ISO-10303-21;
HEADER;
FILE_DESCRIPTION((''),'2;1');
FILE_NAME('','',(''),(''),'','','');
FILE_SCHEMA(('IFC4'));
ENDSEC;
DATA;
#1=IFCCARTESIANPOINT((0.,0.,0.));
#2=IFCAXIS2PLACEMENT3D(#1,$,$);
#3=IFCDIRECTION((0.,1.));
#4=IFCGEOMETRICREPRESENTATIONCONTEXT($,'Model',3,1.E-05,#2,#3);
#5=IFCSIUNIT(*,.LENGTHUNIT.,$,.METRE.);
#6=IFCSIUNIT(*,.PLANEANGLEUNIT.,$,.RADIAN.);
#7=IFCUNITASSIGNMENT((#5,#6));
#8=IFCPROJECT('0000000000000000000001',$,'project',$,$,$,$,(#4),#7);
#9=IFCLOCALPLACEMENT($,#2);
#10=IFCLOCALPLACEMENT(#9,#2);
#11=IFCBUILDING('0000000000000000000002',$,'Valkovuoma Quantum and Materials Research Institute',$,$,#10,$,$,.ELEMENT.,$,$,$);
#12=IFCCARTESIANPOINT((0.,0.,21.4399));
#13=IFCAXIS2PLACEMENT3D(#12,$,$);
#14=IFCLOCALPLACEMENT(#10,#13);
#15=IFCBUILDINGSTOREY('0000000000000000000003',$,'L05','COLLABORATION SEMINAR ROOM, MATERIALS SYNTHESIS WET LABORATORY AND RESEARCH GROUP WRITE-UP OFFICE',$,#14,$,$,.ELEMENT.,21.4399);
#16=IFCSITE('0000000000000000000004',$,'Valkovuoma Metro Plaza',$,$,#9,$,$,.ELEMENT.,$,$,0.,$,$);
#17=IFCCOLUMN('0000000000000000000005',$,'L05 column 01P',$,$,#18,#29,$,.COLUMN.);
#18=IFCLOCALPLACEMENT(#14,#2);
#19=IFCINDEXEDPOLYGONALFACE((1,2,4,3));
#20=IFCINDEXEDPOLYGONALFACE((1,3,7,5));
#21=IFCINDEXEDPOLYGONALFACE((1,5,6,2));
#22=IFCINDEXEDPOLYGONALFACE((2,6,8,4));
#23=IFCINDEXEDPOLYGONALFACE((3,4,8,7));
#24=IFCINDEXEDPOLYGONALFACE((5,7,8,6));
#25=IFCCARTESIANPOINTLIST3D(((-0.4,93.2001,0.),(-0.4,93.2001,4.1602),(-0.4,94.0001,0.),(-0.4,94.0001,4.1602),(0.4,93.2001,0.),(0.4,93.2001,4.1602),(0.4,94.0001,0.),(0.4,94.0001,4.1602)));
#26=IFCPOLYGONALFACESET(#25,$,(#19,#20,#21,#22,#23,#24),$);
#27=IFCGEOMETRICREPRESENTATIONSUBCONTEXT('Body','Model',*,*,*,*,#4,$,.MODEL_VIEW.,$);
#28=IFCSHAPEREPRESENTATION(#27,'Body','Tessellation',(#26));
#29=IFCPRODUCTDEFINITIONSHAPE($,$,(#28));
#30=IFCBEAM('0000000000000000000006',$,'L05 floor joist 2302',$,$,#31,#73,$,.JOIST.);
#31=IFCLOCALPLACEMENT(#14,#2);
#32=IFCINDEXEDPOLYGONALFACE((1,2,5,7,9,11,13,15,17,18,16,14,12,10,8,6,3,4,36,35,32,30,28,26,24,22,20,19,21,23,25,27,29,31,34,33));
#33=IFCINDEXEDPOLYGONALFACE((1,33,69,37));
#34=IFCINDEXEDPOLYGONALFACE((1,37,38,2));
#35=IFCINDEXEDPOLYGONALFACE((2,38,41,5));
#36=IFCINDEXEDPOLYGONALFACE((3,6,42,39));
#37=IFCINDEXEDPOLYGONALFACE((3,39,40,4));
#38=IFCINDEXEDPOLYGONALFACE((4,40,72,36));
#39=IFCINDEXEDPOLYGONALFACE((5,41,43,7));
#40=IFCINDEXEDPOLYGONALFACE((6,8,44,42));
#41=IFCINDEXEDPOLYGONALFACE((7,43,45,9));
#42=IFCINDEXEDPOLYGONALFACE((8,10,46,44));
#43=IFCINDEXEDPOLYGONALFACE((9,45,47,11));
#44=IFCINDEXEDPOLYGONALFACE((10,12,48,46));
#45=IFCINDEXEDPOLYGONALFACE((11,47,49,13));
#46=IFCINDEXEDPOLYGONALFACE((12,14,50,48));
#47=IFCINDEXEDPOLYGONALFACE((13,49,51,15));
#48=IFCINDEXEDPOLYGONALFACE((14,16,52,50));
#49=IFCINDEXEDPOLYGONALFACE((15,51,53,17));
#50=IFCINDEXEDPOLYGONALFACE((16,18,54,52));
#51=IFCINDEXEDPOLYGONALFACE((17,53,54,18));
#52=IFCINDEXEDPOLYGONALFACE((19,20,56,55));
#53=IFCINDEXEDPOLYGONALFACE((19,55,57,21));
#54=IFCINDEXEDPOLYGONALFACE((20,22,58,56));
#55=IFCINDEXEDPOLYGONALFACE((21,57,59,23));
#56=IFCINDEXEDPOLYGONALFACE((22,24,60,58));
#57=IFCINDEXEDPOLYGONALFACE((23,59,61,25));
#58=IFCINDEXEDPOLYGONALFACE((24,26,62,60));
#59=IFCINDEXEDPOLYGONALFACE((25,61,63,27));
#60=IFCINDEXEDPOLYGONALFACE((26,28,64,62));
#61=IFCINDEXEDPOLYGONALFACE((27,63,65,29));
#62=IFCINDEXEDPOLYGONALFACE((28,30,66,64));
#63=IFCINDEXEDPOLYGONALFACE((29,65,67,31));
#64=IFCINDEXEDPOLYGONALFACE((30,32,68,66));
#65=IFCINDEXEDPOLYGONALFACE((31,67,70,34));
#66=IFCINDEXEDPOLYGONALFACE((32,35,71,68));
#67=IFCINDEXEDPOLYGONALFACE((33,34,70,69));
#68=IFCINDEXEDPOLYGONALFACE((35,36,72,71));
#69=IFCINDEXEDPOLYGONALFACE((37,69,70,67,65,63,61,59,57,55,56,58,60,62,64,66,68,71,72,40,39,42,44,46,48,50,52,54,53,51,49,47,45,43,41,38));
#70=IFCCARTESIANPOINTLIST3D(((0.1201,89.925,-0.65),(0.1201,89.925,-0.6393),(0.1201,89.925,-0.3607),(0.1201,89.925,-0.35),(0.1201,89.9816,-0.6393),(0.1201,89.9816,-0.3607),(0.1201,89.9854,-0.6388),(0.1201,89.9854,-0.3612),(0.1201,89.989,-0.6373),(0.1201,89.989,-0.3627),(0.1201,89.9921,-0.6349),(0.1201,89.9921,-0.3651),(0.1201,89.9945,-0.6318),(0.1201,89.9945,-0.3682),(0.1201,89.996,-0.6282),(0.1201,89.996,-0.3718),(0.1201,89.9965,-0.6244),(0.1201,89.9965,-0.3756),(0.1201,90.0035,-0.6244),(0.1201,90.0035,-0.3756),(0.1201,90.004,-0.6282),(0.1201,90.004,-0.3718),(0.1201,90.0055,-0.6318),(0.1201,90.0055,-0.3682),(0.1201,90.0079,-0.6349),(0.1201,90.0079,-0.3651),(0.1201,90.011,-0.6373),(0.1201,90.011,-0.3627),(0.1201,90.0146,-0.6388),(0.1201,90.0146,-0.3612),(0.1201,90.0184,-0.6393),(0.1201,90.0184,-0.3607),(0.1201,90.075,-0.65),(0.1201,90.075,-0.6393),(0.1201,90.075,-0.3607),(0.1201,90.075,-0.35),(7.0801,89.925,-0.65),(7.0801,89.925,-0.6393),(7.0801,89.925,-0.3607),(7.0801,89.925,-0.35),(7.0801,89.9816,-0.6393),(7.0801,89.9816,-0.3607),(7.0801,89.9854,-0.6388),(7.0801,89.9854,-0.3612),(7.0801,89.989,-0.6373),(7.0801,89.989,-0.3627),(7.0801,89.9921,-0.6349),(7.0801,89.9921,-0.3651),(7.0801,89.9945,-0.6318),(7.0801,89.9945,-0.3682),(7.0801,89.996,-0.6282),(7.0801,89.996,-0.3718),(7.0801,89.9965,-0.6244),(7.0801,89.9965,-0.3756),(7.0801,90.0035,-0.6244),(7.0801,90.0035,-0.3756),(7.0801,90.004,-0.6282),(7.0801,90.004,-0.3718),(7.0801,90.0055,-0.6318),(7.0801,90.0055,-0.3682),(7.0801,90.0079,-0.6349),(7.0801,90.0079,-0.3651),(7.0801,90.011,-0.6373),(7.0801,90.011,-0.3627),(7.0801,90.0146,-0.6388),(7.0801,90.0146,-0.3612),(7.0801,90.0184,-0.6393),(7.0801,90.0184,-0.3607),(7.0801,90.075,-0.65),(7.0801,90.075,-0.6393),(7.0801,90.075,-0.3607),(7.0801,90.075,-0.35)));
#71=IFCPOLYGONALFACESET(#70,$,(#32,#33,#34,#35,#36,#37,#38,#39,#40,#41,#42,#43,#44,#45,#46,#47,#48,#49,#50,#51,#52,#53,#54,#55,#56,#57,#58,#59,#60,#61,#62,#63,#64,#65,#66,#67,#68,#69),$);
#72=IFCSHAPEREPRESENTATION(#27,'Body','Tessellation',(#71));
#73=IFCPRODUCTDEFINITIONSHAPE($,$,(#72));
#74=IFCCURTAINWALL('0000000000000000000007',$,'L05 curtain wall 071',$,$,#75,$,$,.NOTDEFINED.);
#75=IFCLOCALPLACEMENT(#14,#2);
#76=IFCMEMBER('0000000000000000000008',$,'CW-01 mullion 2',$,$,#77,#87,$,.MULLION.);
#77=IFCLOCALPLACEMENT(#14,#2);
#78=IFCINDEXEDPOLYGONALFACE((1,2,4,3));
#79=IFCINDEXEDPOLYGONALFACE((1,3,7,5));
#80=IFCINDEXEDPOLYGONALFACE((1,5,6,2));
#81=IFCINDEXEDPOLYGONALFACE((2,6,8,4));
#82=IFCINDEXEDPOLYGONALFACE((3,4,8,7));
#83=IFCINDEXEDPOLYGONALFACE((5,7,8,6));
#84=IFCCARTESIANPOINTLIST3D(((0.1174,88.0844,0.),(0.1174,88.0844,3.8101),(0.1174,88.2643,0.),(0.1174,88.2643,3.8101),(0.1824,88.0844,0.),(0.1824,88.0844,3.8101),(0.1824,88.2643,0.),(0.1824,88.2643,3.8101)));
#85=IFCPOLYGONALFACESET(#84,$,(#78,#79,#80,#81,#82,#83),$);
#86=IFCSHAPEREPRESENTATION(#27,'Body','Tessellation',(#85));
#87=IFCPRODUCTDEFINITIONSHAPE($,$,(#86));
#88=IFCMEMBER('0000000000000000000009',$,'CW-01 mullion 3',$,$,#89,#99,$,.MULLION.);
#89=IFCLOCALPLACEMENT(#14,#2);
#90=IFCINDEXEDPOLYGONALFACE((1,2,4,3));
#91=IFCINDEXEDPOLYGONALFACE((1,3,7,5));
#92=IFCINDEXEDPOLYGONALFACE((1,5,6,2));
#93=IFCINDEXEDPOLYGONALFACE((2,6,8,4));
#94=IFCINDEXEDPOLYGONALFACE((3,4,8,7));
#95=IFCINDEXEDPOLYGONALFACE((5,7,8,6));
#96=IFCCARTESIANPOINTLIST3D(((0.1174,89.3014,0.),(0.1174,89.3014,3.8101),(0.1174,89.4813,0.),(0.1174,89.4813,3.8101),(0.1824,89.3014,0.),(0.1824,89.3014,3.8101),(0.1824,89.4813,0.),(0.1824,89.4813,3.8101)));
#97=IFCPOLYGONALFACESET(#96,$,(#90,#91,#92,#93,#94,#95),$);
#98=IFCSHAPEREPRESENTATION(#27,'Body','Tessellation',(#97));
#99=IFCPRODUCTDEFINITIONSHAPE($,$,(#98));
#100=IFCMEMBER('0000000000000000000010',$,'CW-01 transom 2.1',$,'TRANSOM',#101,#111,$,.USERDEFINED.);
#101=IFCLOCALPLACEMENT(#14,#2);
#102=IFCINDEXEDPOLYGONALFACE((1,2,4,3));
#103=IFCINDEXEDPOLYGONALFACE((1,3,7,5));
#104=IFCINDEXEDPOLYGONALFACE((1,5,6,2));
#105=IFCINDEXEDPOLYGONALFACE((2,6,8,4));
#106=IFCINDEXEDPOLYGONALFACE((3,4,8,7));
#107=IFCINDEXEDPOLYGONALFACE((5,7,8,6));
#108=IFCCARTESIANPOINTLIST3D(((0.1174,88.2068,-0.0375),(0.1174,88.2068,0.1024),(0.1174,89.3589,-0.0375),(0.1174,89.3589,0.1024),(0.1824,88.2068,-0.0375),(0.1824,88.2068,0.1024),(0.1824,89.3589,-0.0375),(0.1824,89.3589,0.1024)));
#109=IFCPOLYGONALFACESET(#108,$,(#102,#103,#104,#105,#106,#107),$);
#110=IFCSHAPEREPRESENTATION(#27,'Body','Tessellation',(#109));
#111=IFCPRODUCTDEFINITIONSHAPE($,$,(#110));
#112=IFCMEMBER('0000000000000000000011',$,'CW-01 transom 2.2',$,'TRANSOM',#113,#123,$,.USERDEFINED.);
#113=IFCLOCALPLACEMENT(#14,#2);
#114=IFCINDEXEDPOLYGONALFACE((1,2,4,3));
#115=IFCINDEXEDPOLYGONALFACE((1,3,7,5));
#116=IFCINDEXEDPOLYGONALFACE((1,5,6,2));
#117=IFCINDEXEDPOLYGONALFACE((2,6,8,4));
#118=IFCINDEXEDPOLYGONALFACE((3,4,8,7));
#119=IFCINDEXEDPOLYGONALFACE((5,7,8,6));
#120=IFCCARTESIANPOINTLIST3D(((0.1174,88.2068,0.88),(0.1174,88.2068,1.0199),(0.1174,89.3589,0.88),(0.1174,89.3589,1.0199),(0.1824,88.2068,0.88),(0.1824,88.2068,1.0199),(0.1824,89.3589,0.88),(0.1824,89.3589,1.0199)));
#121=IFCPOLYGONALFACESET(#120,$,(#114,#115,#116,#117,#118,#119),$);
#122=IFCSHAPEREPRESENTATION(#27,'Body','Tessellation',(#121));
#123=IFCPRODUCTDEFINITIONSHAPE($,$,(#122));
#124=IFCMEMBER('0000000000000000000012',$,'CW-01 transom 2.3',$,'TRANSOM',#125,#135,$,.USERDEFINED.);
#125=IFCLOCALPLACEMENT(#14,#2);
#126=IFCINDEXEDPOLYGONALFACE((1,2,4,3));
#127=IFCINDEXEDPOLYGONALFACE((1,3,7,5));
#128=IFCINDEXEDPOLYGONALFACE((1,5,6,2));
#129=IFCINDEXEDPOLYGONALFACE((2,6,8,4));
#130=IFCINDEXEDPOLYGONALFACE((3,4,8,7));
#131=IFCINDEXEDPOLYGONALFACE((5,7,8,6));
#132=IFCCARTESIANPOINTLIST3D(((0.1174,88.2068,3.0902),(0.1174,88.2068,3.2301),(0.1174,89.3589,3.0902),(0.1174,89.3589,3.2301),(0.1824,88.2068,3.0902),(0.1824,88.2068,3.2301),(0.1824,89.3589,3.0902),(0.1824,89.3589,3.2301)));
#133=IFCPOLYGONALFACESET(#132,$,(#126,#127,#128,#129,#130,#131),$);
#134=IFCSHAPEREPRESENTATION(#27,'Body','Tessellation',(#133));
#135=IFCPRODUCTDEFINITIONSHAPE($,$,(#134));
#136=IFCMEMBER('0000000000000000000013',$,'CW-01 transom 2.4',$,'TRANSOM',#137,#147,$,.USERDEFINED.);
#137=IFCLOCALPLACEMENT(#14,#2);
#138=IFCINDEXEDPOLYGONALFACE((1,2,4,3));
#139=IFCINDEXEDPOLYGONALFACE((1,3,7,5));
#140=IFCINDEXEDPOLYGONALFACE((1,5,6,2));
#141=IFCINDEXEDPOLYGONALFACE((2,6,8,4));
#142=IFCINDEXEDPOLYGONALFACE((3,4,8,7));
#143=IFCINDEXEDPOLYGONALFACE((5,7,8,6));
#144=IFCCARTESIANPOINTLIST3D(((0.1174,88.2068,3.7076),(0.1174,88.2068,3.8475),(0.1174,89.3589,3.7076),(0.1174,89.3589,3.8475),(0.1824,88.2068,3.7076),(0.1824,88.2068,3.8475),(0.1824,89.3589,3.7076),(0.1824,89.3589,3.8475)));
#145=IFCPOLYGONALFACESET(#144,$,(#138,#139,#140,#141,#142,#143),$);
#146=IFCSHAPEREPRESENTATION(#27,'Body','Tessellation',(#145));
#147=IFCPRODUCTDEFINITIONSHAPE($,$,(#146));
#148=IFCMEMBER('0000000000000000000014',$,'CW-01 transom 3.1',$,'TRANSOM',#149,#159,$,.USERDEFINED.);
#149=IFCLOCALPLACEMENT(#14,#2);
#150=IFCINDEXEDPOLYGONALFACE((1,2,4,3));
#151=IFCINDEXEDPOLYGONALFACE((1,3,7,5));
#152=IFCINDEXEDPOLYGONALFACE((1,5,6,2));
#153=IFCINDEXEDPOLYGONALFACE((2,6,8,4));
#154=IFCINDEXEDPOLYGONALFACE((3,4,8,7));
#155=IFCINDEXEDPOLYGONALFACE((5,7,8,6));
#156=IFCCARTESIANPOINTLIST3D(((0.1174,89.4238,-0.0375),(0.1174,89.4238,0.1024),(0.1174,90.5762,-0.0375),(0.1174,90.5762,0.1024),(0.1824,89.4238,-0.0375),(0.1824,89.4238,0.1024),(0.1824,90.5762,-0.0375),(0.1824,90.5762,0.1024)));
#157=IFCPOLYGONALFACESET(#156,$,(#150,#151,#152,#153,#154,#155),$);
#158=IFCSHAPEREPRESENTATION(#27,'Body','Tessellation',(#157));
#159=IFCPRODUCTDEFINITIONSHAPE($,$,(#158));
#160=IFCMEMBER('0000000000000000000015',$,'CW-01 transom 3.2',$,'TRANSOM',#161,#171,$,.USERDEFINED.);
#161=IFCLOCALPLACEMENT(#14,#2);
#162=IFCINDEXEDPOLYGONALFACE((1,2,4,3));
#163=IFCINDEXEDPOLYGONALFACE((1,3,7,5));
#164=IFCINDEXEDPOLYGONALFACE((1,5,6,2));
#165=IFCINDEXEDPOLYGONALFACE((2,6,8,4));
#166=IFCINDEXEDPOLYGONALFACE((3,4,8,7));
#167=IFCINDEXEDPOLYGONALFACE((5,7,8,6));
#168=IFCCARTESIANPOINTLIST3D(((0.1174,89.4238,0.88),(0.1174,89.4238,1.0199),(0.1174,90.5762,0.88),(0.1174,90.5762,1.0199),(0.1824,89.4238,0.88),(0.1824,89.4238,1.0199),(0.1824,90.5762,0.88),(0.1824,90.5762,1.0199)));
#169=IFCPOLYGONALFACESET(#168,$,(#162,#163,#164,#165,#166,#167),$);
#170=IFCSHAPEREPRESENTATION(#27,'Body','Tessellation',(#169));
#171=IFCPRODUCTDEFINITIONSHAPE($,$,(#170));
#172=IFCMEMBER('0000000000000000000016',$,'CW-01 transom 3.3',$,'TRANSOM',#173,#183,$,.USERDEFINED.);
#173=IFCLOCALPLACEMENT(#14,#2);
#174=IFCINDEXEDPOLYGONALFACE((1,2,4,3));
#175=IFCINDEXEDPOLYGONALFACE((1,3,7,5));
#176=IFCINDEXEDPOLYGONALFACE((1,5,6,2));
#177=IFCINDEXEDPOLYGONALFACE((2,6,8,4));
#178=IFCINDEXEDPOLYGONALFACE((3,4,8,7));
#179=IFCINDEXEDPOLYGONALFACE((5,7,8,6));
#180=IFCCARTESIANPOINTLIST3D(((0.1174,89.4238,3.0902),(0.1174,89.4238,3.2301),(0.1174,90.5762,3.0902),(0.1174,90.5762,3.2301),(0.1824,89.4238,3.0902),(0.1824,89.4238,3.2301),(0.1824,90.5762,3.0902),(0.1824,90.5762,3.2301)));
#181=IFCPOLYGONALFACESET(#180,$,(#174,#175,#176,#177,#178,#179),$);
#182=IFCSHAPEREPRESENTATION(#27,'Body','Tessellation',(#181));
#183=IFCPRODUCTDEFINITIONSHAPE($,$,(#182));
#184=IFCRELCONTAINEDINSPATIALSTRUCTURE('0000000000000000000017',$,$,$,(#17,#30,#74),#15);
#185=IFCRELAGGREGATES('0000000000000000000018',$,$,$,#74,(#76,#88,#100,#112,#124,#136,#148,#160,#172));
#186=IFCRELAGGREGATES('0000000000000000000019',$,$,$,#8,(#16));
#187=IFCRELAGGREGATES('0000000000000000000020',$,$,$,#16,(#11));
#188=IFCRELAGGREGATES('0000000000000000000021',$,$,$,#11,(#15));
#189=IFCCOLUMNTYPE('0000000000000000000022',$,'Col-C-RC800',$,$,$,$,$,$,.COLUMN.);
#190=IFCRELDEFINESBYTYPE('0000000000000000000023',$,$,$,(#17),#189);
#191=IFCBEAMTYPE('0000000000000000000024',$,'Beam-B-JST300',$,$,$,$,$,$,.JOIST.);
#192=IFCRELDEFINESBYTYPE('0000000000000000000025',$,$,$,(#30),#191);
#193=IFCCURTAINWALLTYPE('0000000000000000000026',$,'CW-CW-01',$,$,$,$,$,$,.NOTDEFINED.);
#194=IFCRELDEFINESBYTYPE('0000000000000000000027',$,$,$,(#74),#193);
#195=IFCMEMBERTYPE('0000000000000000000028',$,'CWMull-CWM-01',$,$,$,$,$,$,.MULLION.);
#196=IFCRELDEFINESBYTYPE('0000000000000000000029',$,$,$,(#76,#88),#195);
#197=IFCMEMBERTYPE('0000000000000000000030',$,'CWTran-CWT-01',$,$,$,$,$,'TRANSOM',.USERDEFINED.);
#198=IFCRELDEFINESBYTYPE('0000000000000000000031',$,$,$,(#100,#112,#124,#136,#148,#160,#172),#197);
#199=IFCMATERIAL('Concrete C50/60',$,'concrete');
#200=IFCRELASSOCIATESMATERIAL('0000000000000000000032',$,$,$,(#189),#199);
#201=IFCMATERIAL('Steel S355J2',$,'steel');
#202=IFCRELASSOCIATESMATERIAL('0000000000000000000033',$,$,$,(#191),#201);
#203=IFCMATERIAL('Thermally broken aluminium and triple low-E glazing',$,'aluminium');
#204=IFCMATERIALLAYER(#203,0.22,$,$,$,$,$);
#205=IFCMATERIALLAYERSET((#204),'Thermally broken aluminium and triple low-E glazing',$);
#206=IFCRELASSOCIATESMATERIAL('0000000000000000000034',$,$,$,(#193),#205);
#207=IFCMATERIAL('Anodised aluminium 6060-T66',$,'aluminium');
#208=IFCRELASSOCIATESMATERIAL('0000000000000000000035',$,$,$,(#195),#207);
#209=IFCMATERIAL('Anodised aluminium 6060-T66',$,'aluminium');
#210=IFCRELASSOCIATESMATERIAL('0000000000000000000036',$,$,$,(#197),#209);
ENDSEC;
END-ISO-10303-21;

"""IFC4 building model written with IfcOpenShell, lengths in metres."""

from ifc_helpers import new_model, si_unit, direction, frame, origin, origin_2d, place, context, subcontext, project, spatial, rectangle, i_section, extrude, material, layer, layer_set, material_profile, profile_set, type_object, element, aggregate, save


model = new_model("IFC4")

# Units and contexts
model_context = context("Model", 3, precision=1e-05, world=origin(), true_north=direction((0.0, 1.0)))
body_context = subcontext(model_context, "Body", "Model", "MODEL_VIEW")
ifc_project = project(units=[si_unit("LENGTHUNIT", "METRE"), si_unit("PLANEANGLEUNIT", "RADIAN")], contexts=[model_context])

# Site, building, storey
site_placement = place(None, origin())
site = spatial("IfcSite", under=ifc_project, at=site_placement, Name="Valkovuoma Metro Plaza", CompositionType="ELEMENT", RefElevation=0.0)
building_placement = place(site_placement, origin())
building = spatial("IfcBuilding", under=site, at=building_placement, Name="Valkovuoma Quantum and Materials Research Institute", CompositionType="ELEMENT")
storey_placement = place(building_placement, frame((0.0, 0.0, 21.4399)))
storey = spatial("IfcBuildingStorey", under=building, at=storey_placement, Name="L05", Description="COLLABORATION SEMINAR ROOM, MATERIALS SYNTHESIS WET LABORATORY AND RESEARCH GROUP WRITE-UP OFFICE", CompositionType="ELEMENT", Elevation=21.4399)

# Column
ifc_material_1 = material(Name="Concrete C50/60", Category="concrete")
ifc_material_profile_1 = material_profile(ifc_material_1, rectangle(XDim=0.8, YDim=0.8, at=origin_2d()), Name="Concrete C50/60")
ifc_profile_set_1 = profile_set([ifc_material_profile_1], Name="Concrete C50/60")
column_type = type_object("IfcColumnType", Name="Col-C-RC800", PredefinedType="COLUMN", material=ifc_profile_set_1)
column_placement = place(storey_placement, frame((0.0, 93.6001, 0.0), z_axis=(0.0, 0.0, 1.0), x_axis=(1.0, 0.0, 0.0)))
element("IfcColumn", 1, at=column_placement, inside=storey, type_object=column_type, Name="L05 column 01P", PredefinedType="COLUMN", context=body_context, shape_type="SweptSolid", body=[
    extrude(rectangle(XDim=0.8, YDim=0.8, at=origin_2d()), origin(), (0.0, 0.0, 1.0), 4.1602),
])

# Beam
ifc_material_2 = material(Name="Steel S355J2", Category="steel")
ifc_material_profile_2 = material_profile(ifc_material_2, i_section(OverallWidth=0.1499, OverallDepth=0.3, WebThickness=0.0071, FlangeThickness=0.0107, FilletRadius=0.0149, at=origin_2d()), Name="Steel S355J2")
ifc_profile_set_2 = profile_set([ifc_material_profile_2], Name="Steel S355J2")
beam_type = type_object("IfcBeamType", Name="Beam-B-JST300", PredefinedType="JOIST", material=ifc_profile_set_2)
beam_placement = place(storey_placement, frame((0.1201, 90.0, -0.5), z_axis=(1.0, 0.0, 0.0), x_axis=(0.0, 1.0, 0.0)))
element("IfcBeam", 2, at=beam_placement, inside=storey, type_object=beam_type, Name="L05 floor joist 2302", PredefinedType="JOIST", context=body_context, shape_type="SweptSolid", body=[
    extrude(i_section(OverallWidth=0.1499, OverallDepth=0.3, WebThickness=0.0071, FlangeThickness=0.0107, FilletRadius=0.0149, at=origin_2d()), origin(), (0.0, 0.0, 1.0), 6.96),
])

# Curtain wall, members
ifc_material_3 = material(Name="Thermally broken aluminium and triple low-E glazing", Category="aluminium")
ifc_layer_1 = layer(ifc_material_3, 0.22)
ifc_layer_set_1 = layer_set([ifc_layer_1], Name="Thermally broken aluminium and triple low-E glazing")
curtain_wall_type = type_object("IfcCurtainWallType", Name="CW-CW-01", PredefinedType="NOTDEFINED", material=ifc_layer_set_1)
curtain_wall_placement = place(storey_placement, origin())
curtain_wall = element("IfcCurtainWall", 3, at=curtain_wall_placement, inside=storey, type_object=curtain_wall_type, Name="L05 curtain wall 071", PredefinedType="NOTDEFINED")
ifc_material_4 = material(Name="Anodised aluminium 6060-T66", Category="aluminium")
ifc_material_profile_3 = material_profile(ifc_material_4, rectangle(XDim=0.0649, YDim=0.1799, at=origin_2d()), Name="Anodised aluminium 6060-T66")
ifc_profile_set_3 = profile_set([ifc_material_profile_3], Name="Anodised aluminium 6060-T66")
member_type_1 = type_object("IfcMemberType", Name="CWMull-CWM-01", PredefinedType="MULLION", material=ifc_profile_set_3)
member_1_placement = place(storey_placement, frame((0.1499, 88.1743, 0.0), z_axis=(0.0, 0.0, 1.0), x_axis=(-1.0, 0.0, 0.0)))
member_1 = element("IfcMember", 4, at=member_1_placement, type_object=member_type_1, Name="CW-01 mullion 2", PredefinedType="MULLION", context=body_context, shape_type="SweptSolid", body=[
    extrude(rectangle(XDim=0.0649, YDim=0.1799, at=origin_2d()), origin(), (0.0, 0.0, 1.0), 3.8101),
])
member_2_placement = place(storey_placement, frame((0.1499, 89.3914, 0.0), z_axis=(0.0, 0.0, 1.0), x_axis=(-1.0, 0.0, 0.0)))
member_2 = element("IfcMember", 5, at=member_2_placement, type_object=member_type_1, Name="CW-01 mullion 3", PredefinedType="MULLION", context=body_context, shape_type="SweptSolid", body=[
    extrude(rectangle(XDim=0.0649, YDim=0.1799, at=origin_2d()), origin(), (0.0, 0.0, 1.0), 3.8101),
])
ifc_material_5 = material(Name="Anodised aluminium 6060-T66", Category="aluminium")
ifc_material_profile_4 = material_profile(ifc_material_5, rectangle(XDim=0.0649, YDim=0.1399, at=origin_2d()), Name="Anodised aluminium 6060-T66")
ifc_profile_set_4 = profile_set([ifc_material_profile_4], Name="Anodised aluminium 6060-T66")
member_type_2 = type_object("IfcMemberType", Name="CWTran-CWT-01", ElementType="TRANSOM", PredefinedType="USERDEFINED", material=ifc_profile_set_4)
member_3_placement = place(storey_placement, frame((0.1499, 88.2068, 0.0325), z_axis=(0.0, 1.0, 0.0), x_axis=(-1.0, 0.0, 0.0)))
member_3 = element("IfcMember", 6, at=member_3_placement, type_object=member_type_2, Name="CW-01 transom 2.1", ObjectType="TRANSOM", PredefinedType="USERDEFINED", context=body_context, shape_type="SweptSolid", body=[
    extrude(rectangle(XDim=0.0649, YDim=0.1399, at=origin_2d()), origin(), (0.0, 0.0, 1.0), 1.1521),
])
member_4_placement = place(storey_placement, frame((0.1499, 88.2068, 0.95), z_axis=(0.0, 1.0, 0.0), x_axis=(-1.0, 0.0, 0.0)))
member_4 = element("IfcMember", 7, at=member_4_placement, type_object=member_type_2, Name="CW-01 transom 2.2", ObjectType="TRANSOM", PredefinedType="USERDEFINED", context=body_context, shape_type="SweptSolid", body=[
    extrude(rectangle(XDim=0.0649, YDim=0.1399, at=origin_2d()), origin(), (0.0, 0.0, 1.0), 1.1521),
])
member_5_placement = place(storey_placement, frame((0.1499, 88.2068, 3.1602), z_axis=(0.0, 1.0, 0.0), x_axis=(-1.0, 0.0, 0.0)))
member_5 = element("IfcMember", 8, at=member_5_placement, type_object=member_type_2, Name="CW-01 transom 2.3", ObjectType="TRANSOM", PredefinedType="USERDEFINED", context=body_context, shape_type="SweptSolid", body=[
    extrude(rectangle(XDim=0.0649, YDim=0.1399, at=origin_2d()), origin(), (0.0, 0.0, 1.0), 1.1521),
])
member_6_placement = place(storey_placement, frame((0.1499, 88.2068, 3.7776), z_axis=(0.0, 1.0, 0.0), x_axis=(-1.0, 0.0, 0.0)))
member_6 = element("IfcMember", 9, at=member_6_placement, type_object=member_type_2, Name="CW-01 transom 2.4", ObjectType="TRANSOM", PredefinedType="USERDEFINED", context=body_context, shape_type="SweptSolid", body=[
    extrude(rectangle(XDim=0.0649, YDim=0.1399, at=origin_2d()), origin(), (0.0, 0.0, 1.0), 1.1521),
])
member_7_placement = place(storey_placement, frame((0.1499, 89.4238, 0.0325), z_axis=(0.0, 1.0, 0.0), x_axis=(-1.0, 0.0, 0.0)))
member_7 = element("IfcMember", 10, at=member_7_placement, type_object=member_type_2, Name="CW-01 transom 3.1", ObjectType="TRANSOM", PredefinedType="USERDEFINED", context=body_context, shape_type="SweptSolid", body=[
    extrude(rectangle(XDim=0.0649, YDim=0.1399, at=origin_2d()), origin(), (0.0, 0.0, 1.0), 1.1523),
])
member_8_placement = place(storey_placement, frame((0.1499, 89.4238, 0.95), z_axis=(0.0, 1.0, 0.0), x_axis=(-1.0, 0.0, 0.0)))
member_8 = element("IfcMember", 11, at=member_8_placement, type_object=member_type_2, Name="CW-01 transom 3.2", ObjectType="TRANSOM", PredefinedType="USERDEFINED", context=body_context, shape_type="SweptSolid", body=[
    extrude(rectangle(XDim=0.0649, YDim=0.1399, at=origin_2d()), origin(), (0.0, 0.0, 1.0), 1.1523),
])
member_9_placement = place(storey_placement, frame((0.1499, 89.4238, 3.1602), z_axis=(0.0, 1.0, 0.0), x_axis=(-1.0, 0.0, 0.0)))
member_9 = element("IfcMember", 12, at=member_9_placement, type_object=member_type_2, Name="CW-01 transom 3.3", ObjectType="TRANSOM", PredefinedType="USERDEFINED", context=body_context, shape_type="SweptSolid", body=[
    extrude(rectangle(XDim=0.0649, YDim=0.1399, at=origin_2d()), origin(), (0.0, 0.0, 1.0), 1.1523),
])
aggregate(curtain_wall, [member_1, member_2, member_3, member_4, member_5, member_6, member_7, member_8, member_9])

save(model, "model.ifc")
